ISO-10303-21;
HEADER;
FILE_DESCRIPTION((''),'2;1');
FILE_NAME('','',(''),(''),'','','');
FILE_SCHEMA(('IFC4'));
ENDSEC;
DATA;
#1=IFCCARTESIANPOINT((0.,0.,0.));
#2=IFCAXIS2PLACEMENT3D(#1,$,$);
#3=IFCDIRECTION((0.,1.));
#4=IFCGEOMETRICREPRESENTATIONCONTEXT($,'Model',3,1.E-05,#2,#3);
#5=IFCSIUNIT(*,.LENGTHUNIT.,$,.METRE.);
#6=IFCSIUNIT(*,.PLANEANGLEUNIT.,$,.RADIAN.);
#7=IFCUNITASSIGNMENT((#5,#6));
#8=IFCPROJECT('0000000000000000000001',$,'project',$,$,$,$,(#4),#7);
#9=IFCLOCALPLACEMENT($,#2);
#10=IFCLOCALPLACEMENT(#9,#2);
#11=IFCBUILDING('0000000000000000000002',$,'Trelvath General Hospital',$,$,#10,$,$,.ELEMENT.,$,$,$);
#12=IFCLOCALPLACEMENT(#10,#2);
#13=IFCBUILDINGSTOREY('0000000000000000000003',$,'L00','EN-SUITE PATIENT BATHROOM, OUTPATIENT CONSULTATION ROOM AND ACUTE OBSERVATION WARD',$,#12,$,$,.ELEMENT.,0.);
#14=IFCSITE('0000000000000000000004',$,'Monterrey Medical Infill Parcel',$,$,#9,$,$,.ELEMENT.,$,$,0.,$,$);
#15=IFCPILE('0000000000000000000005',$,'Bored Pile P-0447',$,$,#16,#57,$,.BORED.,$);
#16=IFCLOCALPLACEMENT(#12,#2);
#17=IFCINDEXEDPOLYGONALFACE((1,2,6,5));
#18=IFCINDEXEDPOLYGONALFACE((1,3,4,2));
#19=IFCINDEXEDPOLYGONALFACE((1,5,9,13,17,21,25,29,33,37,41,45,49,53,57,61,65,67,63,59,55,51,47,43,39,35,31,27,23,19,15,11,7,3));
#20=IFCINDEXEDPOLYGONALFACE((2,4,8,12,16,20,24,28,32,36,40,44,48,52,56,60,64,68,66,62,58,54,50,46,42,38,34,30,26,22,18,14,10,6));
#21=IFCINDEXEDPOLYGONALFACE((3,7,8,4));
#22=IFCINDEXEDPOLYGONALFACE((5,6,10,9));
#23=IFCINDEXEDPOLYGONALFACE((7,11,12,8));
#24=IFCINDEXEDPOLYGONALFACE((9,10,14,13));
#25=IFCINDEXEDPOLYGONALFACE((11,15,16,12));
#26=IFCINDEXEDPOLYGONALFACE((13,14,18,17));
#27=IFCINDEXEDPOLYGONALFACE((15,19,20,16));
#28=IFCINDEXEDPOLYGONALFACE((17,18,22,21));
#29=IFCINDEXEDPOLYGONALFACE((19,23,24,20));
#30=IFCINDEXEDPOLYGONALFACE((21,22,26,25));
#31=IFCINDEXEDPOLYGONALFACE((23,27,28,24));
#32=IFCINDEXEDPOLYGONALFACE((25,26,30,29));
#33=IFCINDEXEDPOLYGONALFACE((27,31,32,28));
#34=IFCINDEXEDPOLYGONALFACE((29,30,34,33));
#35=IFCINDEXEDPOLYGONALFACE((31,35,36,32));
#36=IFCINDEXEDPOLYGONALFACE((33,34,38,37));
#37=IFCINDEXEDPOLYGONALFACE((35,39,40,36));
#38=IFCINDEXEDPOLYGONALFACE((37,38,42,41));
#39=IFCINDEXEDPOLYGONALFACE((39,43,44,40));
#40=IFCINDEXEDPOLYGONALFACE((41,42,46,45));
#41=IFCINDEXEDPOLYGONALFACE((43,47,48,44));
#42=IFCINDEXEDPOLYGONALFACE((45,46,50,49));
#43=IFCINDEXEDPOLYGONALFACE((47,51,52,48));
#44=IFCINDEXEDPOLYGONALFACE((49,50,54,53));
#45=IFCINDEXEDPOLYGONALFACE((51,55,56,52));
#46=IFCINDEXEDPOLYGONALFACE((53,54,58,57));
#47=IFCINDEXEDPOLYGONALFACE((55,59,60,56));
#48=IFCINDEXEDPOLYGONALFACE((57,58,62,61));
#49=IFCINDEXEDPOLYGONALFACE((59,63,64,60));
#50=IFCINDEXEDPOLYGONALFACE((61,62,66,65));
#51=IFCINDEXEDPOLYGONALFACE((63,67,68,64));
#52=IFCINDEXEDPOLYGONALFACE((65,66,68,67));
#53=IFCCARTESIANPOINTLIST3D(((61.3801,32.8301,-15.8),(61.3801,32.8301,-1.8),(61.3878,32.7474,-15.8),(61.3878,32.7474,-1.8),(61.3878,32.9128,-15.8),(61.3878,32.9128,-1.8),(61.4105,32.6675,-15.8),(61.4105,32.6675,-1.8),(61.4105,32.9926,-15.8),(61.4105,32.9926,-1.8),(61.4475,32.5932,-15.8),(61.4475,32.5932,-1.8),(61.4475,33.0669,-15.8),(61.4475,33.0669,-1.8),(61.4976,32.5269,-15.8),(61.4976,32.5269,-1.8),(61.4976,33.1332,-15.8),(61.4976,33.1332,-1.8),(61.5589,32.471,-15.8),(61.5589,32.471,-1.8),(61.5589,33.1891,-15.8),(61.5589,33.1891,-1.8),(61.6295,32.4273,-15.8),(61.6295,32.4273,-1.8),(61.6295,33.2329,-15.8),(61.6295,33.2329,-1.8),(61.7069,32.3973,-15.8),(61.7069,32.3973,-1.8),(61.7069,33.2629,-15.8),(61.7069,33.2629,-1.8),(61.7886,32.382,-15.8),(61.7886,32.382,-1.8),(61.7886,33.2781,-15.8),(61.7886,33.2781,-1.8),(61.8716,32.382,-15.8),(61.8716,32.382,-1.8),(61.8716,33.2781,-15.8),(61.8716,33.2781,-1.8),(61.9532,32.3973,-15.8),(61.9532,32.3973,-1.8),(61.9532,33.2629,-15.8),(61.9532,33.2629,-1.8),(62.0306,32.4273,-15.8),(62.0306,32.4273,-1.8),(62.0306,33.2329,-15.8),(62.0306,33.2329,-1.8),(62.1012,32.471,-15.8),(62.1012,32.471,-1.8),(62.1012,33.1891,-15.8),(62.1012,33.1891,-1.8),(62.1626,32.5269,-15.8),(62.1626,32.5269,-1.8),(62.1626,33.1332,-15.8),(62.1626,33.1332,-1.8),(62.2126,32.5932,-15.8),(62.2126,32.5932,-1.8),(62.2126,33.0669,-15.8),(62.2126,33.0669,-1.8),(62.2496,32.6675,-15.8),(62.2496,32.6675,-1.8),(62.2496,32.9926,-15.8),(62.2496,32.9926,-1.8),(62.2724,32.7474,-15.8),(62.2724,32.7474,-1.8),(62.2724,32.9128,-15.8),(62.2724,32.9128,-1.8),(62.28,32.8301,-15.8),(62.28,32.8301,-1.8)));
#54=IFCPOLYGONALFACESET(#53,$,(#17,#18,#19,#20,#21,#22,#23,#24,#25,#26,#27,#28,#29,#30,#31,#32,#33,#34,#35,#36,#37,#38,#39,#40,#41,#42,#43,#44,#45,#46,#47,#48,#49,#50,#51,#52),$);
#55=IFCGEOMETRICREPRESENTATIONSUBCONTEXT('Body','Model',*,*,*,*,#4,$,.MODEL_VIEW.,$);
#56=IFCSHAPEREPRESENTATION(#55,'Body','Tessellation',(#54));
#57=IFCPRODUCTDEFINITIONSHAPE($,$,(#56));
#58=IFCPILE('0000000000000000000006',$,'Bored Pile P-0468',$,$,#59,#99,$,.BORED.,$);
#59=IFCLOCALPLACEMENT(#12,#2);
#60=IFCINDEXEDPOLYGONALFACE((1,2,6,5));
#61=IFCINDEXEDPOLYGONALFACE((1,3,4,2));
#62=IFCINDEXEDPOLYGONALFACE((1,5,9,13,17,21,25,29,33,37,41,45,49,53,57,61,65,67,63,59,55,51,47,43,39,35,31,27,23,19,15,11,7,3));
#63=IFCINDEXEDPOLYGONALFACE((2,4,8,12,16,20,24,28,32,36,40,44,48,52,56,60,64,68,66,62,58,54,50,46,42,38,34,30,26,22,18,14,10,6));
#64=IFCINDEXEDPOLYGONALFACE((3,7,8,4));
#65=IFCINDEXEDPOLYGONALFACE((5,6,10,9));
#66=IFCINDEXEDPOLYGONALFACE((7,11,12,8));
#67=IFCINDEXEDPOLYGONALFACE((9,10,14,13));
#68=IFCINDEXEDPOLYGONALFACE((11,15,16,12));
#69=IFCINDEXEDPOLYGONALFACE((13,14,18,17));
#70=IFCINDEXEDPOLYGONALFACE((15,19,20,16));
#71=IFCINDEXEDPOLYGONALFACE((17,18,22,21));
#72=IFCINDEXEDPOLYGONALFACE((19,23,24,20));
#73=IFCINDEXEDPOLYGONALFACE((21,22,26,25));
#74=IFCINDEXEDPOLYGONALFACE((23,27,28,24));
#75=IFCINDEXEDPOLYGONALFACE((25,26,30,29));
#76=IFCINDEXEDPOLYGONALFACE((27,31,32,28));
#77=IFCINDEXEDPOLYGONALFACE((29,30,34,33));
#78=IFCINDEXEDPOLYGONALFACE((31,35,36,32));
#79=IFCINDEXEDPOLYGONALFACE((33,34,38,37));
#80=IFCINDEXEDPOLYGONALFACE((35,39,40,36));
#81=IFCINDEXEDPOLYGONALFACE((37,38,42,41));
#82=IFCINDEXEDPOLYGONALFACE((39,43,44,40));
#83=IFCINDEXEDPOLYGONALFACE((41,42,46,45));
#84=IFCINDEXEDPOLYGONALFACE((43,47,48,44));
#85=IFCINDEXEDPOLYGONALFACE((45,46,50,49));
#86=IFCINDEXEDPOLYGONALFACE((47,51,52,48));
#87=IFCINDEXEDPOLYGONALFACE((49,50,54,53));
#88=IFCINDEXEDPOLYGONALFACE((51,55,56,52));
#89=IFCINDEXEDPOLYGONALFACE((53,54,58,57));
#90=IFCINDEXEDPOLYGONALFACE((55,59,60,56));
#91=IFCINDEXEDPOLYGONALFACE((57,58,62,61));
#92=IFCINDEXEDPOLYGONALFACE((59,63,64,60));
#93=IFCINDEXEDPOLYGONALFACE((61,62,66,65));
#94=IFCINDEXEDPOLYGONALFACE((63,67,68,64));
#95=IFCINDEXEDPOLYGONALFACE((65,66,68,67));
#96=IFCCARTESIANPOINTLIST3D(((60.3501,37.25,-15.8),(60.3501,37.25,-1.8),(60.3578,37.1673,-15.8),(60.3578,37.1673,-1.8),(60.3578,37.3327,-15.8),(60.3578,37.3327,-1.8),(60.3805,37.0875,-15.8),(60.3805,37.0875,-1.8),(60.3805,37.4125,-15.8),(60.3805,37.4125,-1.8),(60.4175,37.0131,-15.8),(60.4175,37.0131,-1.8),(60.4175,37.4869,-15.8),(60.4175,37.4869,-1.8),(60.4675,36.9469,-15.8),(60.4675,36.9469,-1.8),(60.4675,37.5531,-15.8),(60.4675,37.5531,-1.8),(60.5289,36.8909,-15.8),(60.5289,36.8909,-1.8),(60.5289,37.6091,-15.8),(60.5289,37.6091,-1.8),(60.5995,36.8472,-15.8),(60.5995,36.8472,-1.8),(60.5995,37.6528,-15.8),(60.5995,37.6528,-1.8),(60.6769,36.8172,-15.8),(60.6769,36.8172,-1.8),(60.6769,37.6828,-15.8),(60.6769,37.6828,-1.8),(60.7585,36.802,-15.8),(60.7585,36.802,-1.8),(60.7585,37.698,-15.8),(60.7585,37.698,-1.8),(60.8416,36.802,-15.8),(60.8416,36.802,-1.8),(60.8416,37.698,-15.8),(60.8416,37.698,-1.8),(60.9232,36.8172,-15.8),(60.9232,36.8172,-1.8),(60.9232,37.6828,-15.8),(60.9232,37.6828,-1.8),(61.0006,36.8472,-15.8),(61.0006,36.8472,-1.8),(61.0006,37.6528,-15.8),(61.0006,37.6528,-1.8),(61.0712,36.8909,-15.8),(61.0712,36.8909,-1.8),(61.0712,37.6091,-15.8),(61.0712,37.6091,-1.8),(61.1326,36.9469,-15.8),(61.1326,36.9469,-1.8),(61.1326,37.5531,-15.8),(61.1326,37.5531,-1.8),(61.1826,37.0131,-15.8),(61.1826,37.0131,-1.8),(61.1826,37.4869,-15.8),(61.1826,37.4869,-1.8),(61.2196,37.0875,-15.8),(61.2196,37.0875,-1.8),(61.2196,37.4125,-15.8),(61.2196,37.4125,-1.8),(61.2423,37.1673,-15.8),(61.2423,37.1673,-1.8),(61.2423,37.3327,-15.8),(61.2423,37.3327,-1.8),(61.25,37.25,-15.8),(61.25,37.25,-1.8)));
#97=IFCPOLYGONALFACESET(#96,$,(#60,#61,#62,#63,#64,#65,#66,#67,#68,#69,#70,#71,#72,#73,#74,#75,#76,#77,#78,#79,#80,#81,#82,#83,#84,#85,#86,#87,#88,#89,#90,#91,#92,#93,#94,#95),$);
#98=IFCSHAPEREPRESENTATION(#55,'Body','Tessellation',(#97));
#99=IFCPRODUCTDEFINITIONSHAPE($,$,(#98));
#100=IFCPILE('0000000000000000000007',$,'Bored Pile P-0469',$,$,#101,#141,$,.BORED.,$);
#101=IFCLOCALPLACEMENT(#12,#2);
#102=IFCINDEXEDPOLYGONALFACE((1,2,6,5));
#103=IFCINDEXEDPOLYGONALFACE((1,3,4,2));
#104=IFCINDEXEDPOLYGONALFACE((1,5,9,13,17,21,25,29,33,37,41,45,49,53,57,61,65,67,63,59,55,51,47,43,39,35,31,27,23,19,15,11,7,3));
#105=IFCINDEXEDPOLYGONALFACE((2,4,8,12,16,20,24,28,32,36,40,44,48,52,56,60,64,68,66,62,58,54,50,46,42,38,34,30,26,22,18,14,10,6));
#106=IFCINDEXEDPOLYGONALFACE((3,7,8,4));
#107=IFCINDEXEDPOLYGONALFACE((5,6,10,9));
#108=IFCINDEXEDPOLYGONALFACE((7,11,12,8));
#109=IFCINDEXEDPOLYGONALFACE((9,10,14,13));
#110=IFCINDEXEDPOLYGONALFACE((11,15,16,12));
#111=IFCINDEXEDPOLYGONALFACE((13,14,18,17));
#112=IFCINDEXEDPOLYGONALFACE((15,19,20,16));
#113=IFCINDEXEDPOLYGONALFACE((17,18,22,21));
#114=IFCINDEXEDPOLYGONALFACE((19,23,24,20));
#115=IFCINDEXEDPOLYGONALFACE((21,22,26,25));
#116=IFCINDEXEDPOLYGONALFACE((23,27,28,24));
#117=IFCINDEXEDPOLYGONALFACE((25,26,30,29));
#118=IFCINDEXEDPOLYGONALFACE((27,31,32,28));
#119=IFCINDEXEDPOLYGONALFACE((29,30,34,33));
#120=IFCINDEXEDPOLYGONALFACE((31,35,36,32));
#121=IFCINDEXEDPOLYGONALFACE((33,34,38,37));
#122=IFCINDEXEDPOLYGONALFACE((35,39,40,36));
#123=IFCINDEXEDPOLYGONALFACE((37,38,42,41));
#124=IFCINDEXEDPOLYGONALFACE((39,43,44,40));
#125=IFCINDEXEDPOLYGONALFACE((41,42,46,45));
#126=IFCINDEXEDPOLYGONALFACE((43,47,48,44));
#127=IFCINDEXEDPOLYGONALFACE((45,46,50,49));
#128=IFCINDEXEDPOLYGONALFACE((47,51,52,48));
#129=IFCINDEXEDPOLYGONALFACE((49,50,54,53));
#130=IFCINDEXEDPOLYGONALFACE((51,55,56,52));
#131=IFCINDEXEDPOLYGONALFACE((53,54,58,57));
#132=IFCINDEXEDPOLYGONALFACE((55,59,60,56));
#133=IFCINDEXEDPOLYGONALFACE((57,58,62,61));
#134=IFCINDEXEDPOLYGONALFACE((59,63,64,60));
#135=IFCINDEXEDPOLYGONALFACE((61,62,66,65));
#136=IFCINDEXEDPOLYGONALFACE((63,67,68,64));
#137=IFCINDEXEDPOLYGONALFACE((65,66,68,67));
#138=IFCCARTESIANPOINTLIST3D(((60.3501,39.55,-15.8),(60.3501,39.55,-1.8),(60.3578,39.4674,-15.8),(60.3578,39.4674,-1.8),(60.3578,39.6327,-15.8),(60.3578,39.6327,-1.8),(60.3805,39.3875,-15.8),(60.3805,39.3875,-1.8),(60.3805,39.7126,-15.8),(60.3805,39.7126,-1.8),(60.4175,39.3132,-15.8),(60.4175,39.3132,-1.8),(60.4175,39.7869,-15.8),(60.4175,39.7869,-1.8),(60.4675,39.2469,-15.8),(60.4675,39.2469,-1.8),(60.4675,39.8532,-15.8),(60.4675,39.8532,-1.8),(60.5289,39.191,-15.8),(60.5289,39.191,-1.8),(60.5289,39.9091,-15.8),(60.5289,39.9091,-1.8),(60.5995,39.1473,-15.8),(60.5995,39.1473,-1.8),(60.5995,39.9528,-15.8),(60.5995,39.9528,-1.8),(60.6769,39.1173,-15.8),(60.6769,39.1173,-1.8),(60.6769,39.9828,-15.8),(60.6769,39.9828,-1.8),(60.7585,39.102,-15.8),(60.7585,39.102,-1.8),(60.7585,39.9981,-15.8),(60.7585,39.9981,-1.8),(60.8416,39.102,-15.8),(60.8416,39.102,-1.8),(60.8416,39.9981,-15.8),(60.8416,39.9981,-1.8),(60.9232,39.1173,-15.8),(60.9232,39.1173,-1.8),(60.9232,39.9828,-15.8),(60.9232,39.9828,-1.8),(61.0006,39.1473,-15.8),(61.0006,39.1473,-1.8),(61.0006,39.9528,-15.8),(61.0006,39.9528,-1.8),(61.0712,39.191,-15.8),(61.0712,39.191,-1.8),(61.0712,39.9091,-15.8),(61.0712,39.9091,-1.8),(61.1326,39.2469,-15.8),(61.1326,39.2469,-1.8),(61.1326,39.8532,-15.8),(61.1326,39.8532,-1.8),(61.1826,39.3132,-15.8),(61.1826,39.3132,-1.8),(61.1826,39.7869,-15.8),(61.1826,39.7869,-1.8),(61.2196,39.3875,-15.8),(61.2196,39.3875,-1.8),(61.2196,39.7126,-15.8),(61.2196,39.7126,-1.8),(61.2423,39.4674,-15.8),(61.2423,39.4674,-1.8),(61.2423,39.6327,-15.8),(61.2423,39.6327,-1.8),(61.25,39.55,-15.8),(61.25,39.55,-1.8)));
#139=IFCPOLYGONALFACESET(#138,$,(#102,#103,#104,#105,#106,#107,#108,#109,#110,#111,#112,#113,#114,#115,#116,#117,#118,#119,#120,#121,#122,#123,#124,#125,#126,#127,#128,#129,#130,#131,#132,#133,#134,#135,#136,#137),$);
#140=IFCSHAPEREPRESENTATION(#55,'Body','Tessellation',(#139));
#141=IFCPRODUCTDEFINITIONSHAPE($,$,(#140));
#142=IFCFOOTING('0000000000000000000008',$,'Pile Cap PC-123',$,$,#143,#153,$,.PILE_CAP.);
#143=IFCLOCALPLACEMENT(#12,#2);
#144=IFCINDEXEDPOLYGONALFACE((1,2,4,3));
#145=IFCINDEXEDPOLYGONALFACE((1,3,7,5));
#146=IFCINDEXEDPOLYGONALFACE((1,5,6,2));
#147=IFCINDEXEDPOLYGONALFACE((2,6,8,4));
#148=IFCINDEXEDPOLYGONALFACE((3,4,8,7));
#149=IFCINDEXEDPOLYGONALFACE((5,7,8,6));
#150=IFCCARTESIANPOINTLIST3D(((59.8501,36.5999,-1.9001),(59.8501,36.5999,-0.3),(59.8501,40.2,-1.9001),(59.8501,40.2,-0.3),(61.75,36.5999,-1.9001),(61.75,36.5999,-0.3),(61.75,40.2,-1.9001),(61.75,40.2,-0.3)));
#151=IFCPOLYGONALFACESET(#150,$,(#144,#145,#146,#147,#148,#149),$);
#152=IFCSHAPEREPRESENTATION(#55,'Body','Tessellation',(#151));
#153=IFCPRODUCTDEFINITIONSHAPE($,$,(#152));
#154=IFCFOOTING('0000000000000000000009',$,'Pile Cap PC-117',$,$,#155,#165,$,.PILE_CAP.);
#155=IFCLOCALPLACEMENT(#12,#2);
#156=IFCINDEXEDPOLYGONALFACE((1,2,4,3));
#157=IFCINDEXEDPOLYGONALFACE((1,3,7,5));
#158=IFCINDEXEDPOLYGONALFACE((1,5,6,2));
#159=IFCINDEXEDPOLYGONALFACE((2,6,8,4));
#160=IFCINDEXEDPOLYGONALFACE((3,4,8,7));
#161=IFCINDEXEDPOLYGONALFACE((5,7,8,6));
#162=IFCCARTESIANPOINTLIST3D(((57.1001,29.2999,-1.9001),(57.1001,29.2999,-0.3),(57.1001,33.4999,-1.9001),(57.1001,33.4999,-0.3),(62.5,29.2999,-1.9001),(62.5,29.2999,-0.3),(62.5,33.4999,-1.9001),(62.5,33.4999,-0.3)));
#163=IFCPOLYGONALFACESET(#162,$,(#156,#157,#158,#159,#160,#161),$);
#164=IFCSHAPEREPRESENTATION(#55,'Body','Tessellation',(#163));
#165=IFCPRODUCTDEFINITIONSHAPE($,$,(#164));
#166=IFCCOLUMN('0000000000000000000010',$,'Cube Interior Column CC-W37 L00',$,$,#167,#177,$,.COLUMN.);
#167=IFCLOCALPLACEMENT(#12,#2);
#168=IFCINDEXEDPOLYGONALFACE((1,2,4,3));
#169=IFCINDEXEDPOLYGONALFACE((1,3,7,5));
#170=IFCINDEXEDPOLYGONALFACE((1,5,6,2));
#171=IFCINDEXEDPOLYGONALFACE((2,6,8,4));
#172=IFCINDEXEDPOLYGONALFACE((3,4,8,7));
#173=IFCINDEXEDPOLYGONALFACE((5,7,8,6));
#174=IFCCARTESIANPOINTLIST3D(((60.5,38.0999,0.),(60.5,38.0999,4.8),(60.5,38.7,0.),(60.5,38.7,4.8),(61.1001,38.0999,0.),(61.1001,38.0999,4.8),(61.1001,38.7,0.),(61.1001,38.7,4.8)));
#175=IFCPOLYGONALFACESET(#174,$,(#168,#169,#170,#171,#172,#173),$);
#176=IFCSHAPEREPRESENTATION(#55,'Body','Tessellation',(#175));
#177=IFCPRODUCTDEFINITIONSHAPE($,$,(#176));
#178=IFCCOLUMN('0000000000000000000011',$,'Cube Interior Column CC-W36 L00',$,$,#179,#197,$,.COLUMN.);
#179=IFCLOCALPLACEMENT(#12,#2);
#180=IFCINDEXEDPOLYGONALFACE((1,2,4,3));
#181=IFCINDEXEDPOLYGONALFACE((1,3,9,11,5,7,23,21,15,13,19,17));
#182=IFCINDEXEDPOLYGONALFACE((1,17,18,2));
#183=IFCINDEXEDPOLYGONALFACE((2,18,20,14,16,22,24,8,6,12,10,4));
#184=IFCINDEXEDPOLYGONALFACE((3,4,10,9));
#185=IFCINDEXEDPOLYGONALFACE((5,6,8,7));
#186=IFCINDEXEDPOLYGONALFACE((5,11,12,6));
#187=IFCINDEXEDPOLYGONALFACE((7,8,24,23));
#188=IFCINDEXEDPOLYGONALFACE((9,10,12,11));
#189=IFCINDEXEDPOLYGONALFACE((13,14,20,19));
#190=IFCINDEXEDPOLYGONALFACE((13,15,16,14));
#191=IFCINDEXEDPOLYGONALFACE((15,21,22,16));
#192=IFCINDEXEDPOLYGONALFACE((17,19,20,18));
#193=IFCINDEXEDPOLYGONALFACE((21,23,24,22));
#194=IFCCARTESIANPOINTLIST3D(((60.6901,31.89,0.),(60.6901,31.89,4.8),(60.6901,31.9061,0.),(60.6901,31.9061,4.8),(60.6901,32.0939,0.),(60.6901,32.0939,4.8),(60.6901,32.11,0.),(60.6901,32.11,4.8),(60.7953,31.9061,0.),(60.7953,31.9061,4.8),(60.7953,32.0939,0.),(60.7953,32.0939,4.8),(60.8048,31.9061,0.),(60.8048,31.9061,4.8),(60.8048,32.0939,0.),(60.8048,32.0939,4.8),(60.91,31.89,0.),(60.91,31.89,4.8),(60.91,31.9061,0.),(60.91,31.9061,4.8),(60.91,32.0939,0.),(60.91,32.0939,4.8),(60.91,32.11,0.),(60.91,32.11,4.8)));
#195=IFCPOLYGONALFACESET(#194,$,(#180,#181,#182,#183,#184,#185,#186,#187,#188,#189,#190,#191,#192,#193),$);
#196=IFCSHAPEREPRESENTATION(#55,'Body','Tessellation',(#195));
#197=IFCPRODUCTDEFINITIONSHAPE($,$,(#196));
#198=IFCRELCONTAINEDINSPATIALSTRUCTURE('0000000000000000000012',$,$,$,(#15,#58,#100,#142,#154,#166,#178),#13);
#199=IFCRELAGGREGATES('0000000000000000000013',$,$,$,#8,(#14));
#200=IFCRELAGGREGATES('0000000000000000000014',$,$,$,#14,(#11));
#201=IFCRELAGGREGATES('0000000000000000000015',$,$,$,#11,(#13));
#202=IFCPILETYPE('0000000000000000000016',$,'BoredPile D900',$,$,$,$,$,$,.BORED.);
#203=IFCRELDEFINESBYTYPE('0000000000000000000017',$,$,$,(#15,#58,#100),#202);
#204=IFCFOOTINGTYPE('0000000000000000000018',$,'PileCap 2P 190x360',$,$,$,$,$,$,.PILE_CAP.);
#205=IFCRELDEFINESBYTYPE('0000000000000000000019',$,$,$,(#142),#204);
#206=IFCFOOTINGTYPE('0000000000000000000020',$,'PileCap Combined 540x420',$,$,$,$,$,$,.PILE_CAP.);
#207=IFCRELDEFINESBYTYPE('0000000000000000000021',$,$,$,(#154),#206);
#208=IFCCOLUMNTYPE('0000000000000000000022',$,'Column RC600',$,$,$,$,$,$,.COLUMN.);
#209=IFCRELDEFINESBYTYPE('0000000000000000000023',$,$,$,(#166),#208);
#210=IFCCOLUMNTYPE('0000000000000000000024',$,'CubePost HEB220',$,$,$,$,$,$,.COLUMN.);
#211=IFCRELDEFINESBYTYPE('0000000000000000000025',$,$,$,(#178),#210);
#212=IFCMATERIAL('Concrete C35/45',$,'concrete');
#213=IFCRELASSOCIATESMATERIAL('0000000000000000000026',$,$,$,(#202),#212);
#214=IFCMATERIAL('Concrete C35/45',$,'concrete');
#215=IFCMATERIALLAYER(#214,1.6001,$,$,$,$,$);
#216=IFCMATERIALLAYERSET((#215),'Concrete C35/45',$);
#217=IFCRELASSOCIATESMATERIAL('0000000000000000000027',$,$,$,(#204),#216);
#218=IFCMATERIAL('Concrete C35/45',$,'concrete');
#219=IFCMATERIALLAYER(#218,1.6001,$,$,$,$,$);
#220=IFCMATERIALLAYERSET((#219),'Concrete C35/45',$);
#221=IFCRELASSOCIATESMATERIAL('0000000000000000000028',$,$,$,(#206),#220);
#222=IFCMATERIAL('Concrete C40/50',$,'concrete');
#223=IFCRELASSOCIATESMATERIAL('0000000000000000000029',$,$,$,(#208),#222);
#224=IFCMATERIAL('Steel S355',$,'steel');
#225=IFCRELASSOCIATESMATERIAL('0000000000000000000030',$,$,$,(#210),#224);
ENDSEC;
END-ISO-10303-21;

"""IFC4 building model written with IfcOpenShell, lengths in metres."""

from ifc_helpers import new_model, si_unit, direction, frame, origin, origin_2d, place, context, subcontext, project, spatial, rectangle, circle, i_section, extrude, material, layer, layer_set, material_profile, profile_set, type_object, element, save


model = new_model("IFC4")

# Units and contexts
model_context = context("Model", 3, precision=1e-05, world=origin(), true_north=direction((0.0, 1.0)))
body_context = subcontext(model_context, "Body", "Model", "MODEL_VIEW")
ifc_project = project(units=[si_unit("LENGTHUNIT", "METRE"), si_unit("PLANEANGLEUNIT", "RADIAN")], contexts=[model_context])

# Site, building, storey
site_placement = place(None, origin())
site = spatial("IfcSite", under=ifc_project, at=site_placement, Name="Monterrey Medical Infill Parcel", CompositionType="ELEMENT", RefElevation=0.0)
building_placement = place(site_placement, origin())
building = spatial("IfcBuilding", under=site, at=building_placement, Name="Trelvath General Hospital", CompositionType="ELEMENT")
storey_placement = place(building_placement, origin())
storey = spatial("IfcBuildingStorey", under=building, at=storey_placement, Name="L00", Description="EN-SUITE PATIENT BATHROOM, OUTPATIENT CONSULTATION ROOM AND ACUTE OBSERVATION WARD", CompositionType="ELEMENT", Elevation=0.0)

# Piles
ifc_material_1 = material(Name="Concrete C35/45", Category="concrete")
ifc_material_profile_1 = material_profile(ifc_material_1, circle(Radius=0.45, at=origin_2d()), Name="PILE900")
ifc_profile_set_1 = profile_set([ifc_material_profile_1], Name="Concrete C35/45")
pile_type_1 = type_object("IfcPileType", Name="BoredPile D900", PredefinedType="BORED", material=ifc_profile_set_1)
for number, where, z_axis, x_axis, name in (
    (1, (61.8301, 32.8301, -1.8), (0.0, 0.0, -1.0), (1.0, 0.0, 0.0), "Bored Pile P-0447"),
    (2, (60.8, 37.25, -1.8), (0.0, 0.0, -1.0), (1.0, 0.0, 0.0), "Bored Pile P-0468"),
    (3, (60.8, 39.55, -1.8), (0.0, 0.0, -1.0), (1.0, 0.0, 0.0), "Bored Pile P-0469"),
):
    element("IfcPile", number, at=place(storey_placement, frame(where, z_axis=z_axis, x_axis=x_axis)), inside=storey, type_object=pile_type_1, Name=name, PredefinedType="BORED", context=body_context, shape_type="SweptSolid", body=[
        extrude(circle(Radius=0.45, at=origin_2d()), origin(), (0.0, 0.0, 1.0), 14.0),
    ])

# Footings
ifc_material_2 = material(Name="Concrete C35/45", Category="concrete")
ifc_layer_1 = layer(ifc_material_2, 1.6001)
ifc_layer_set_1 = layer_set([ifc_layer_1], Name="Concrete C35/45")
footing_type_1 = type_object("IfcFootingType", Name="PileCap 2P 190x360", PredefinedType="PILE_CAP", material=ifc_layer_set_1)
footing_1_placement = place(storey_placement, frame((60.8, 38.3999, -1.9001), z_axis=(0.0, 0.0, 1.0), x_axis=(1.0, 0.0, 0.0)))
element("IfcFooting", 4, at=footing_1_placement, inside=storey, type_object=footing_type_1, Name="Pile Cap PC-123", PredefinedType="PILE_CAP", context=body_context, shape_type="SweptSolid", body=[
    extrude(rectangle(XDim=1.8999, YDim=3.6001, at=origin_2d()), origin(), (0.0, 0.0, 1.0), 1.6001),
])
ifc_material_3 = material(Name="Concrete C35/45", Category="concrete")
ifc_layer_2 = layer(ifc_material_3, 1.6001)
ifc_layer_set_2 = layer_set([ifc_layer_2], Name="Concrete C35/45")
footing_type_2 = type_object("IfcFootingType", Name="PileCap Combined 540x420", PredefinedType="PILE_CAP", material=ifc_layer_set_2)
footing_2_placement = place(storey_placement, frame((59.8, 31.3999, -1.9001), z_axis=(0.0, 0.0, 1.0), x_axis=(1.0, 0.0, 0.0)))
element("IfcFooting", 5, at=footing_2_placement, inside=storey, type_object=footing_type_2, Name="Pile Cap PC-117", PredefinedType="PILE_CAP", context=body_context, shape_type="SweptSolid", body=[
    extrude(rectangle(XDim=5.3999, YDim=4.2, at=origin_2d()), origin(), (0.0, 0.0, 1.0), 1.6001),
])

# Columns
ifc_material_4 = material(Name="Concrete C40/50", Category="concrete")
ifc_material_profile_2 = material_profile(ifc_material_4, rectangle(XDim=0.6001, YDim=0.6001, at=origin_2d()), Name="RC600x600")
ifc_profile_set_2 = profile_set([ifc_material_profile_2], Name="Concrete C40/50")
column_type_1 = type_object("IfcColumnType", Name="Column RC600", PredefinedType="COLUMN", material=ifc_profile_set_2)
column_1_placement = place(storey_placement, frame((60.8, 38.3999, 0.0), z_axis=(0.0, 0.0, 1.0), x_axis=(1.0, 0.0, 0.0)))
element("IfcColumn", 6, at=column_1_placement, inside=storey, type_object=column_type_1, Name="Cube Interior Column CC-W37 L00", PredefinedType="COLUMN", context=body_context, shape_type="SweptSolid", body=[
    extrude(rectangle(XDim=0.6001, YDim=0.6001, at=origin_2d()), origin(), (0.0, 0.0, 1.0), 4.8),
])
ifc_material_5 = material(Name="Steel S355", Category="steel")
ifc_material_profile_3 = material_profile(ifc_material_5, i_section(OverallWidth=0.22, OverallDepth=0.22, WebThickness=0.0095, FlangeThickness=0.0161, at=origin_2d()), Name="HEB220")
ifc_profile_set_3 = profile_set([ifc_material_profile_3], Name="Steel S355")
column_type_2 = type_object("IfcColumnType", Name="CubePost HEB220", PredefinedType="COLUMN", material=ifc_profile_set_3)
column_2_placement = place(storey_placement, frame((60.8, 32.0, 0.0), z_axis=(0.0, 0.0, 1.0), x_axis=(1.0, 0.0, 0.0)))
element("IfcColumn", 7, at=column_2_placement, inside=storey, type_object=column_type_2, Name="Cube Interior Column CC-W36 L00", PredefinedType="COLUMN", context=body_context, shape_type="SweptSolid", body=[
    extrude(i_section(OverallWidth=0.22, OverallDepth=0.22, WebThickness=0.0095, FlangeThickness=0.0161, at=origin_2d()), origin(), (0.0, 0.0, 1.0), 4.8),
])

save(model, "model.ifc")
